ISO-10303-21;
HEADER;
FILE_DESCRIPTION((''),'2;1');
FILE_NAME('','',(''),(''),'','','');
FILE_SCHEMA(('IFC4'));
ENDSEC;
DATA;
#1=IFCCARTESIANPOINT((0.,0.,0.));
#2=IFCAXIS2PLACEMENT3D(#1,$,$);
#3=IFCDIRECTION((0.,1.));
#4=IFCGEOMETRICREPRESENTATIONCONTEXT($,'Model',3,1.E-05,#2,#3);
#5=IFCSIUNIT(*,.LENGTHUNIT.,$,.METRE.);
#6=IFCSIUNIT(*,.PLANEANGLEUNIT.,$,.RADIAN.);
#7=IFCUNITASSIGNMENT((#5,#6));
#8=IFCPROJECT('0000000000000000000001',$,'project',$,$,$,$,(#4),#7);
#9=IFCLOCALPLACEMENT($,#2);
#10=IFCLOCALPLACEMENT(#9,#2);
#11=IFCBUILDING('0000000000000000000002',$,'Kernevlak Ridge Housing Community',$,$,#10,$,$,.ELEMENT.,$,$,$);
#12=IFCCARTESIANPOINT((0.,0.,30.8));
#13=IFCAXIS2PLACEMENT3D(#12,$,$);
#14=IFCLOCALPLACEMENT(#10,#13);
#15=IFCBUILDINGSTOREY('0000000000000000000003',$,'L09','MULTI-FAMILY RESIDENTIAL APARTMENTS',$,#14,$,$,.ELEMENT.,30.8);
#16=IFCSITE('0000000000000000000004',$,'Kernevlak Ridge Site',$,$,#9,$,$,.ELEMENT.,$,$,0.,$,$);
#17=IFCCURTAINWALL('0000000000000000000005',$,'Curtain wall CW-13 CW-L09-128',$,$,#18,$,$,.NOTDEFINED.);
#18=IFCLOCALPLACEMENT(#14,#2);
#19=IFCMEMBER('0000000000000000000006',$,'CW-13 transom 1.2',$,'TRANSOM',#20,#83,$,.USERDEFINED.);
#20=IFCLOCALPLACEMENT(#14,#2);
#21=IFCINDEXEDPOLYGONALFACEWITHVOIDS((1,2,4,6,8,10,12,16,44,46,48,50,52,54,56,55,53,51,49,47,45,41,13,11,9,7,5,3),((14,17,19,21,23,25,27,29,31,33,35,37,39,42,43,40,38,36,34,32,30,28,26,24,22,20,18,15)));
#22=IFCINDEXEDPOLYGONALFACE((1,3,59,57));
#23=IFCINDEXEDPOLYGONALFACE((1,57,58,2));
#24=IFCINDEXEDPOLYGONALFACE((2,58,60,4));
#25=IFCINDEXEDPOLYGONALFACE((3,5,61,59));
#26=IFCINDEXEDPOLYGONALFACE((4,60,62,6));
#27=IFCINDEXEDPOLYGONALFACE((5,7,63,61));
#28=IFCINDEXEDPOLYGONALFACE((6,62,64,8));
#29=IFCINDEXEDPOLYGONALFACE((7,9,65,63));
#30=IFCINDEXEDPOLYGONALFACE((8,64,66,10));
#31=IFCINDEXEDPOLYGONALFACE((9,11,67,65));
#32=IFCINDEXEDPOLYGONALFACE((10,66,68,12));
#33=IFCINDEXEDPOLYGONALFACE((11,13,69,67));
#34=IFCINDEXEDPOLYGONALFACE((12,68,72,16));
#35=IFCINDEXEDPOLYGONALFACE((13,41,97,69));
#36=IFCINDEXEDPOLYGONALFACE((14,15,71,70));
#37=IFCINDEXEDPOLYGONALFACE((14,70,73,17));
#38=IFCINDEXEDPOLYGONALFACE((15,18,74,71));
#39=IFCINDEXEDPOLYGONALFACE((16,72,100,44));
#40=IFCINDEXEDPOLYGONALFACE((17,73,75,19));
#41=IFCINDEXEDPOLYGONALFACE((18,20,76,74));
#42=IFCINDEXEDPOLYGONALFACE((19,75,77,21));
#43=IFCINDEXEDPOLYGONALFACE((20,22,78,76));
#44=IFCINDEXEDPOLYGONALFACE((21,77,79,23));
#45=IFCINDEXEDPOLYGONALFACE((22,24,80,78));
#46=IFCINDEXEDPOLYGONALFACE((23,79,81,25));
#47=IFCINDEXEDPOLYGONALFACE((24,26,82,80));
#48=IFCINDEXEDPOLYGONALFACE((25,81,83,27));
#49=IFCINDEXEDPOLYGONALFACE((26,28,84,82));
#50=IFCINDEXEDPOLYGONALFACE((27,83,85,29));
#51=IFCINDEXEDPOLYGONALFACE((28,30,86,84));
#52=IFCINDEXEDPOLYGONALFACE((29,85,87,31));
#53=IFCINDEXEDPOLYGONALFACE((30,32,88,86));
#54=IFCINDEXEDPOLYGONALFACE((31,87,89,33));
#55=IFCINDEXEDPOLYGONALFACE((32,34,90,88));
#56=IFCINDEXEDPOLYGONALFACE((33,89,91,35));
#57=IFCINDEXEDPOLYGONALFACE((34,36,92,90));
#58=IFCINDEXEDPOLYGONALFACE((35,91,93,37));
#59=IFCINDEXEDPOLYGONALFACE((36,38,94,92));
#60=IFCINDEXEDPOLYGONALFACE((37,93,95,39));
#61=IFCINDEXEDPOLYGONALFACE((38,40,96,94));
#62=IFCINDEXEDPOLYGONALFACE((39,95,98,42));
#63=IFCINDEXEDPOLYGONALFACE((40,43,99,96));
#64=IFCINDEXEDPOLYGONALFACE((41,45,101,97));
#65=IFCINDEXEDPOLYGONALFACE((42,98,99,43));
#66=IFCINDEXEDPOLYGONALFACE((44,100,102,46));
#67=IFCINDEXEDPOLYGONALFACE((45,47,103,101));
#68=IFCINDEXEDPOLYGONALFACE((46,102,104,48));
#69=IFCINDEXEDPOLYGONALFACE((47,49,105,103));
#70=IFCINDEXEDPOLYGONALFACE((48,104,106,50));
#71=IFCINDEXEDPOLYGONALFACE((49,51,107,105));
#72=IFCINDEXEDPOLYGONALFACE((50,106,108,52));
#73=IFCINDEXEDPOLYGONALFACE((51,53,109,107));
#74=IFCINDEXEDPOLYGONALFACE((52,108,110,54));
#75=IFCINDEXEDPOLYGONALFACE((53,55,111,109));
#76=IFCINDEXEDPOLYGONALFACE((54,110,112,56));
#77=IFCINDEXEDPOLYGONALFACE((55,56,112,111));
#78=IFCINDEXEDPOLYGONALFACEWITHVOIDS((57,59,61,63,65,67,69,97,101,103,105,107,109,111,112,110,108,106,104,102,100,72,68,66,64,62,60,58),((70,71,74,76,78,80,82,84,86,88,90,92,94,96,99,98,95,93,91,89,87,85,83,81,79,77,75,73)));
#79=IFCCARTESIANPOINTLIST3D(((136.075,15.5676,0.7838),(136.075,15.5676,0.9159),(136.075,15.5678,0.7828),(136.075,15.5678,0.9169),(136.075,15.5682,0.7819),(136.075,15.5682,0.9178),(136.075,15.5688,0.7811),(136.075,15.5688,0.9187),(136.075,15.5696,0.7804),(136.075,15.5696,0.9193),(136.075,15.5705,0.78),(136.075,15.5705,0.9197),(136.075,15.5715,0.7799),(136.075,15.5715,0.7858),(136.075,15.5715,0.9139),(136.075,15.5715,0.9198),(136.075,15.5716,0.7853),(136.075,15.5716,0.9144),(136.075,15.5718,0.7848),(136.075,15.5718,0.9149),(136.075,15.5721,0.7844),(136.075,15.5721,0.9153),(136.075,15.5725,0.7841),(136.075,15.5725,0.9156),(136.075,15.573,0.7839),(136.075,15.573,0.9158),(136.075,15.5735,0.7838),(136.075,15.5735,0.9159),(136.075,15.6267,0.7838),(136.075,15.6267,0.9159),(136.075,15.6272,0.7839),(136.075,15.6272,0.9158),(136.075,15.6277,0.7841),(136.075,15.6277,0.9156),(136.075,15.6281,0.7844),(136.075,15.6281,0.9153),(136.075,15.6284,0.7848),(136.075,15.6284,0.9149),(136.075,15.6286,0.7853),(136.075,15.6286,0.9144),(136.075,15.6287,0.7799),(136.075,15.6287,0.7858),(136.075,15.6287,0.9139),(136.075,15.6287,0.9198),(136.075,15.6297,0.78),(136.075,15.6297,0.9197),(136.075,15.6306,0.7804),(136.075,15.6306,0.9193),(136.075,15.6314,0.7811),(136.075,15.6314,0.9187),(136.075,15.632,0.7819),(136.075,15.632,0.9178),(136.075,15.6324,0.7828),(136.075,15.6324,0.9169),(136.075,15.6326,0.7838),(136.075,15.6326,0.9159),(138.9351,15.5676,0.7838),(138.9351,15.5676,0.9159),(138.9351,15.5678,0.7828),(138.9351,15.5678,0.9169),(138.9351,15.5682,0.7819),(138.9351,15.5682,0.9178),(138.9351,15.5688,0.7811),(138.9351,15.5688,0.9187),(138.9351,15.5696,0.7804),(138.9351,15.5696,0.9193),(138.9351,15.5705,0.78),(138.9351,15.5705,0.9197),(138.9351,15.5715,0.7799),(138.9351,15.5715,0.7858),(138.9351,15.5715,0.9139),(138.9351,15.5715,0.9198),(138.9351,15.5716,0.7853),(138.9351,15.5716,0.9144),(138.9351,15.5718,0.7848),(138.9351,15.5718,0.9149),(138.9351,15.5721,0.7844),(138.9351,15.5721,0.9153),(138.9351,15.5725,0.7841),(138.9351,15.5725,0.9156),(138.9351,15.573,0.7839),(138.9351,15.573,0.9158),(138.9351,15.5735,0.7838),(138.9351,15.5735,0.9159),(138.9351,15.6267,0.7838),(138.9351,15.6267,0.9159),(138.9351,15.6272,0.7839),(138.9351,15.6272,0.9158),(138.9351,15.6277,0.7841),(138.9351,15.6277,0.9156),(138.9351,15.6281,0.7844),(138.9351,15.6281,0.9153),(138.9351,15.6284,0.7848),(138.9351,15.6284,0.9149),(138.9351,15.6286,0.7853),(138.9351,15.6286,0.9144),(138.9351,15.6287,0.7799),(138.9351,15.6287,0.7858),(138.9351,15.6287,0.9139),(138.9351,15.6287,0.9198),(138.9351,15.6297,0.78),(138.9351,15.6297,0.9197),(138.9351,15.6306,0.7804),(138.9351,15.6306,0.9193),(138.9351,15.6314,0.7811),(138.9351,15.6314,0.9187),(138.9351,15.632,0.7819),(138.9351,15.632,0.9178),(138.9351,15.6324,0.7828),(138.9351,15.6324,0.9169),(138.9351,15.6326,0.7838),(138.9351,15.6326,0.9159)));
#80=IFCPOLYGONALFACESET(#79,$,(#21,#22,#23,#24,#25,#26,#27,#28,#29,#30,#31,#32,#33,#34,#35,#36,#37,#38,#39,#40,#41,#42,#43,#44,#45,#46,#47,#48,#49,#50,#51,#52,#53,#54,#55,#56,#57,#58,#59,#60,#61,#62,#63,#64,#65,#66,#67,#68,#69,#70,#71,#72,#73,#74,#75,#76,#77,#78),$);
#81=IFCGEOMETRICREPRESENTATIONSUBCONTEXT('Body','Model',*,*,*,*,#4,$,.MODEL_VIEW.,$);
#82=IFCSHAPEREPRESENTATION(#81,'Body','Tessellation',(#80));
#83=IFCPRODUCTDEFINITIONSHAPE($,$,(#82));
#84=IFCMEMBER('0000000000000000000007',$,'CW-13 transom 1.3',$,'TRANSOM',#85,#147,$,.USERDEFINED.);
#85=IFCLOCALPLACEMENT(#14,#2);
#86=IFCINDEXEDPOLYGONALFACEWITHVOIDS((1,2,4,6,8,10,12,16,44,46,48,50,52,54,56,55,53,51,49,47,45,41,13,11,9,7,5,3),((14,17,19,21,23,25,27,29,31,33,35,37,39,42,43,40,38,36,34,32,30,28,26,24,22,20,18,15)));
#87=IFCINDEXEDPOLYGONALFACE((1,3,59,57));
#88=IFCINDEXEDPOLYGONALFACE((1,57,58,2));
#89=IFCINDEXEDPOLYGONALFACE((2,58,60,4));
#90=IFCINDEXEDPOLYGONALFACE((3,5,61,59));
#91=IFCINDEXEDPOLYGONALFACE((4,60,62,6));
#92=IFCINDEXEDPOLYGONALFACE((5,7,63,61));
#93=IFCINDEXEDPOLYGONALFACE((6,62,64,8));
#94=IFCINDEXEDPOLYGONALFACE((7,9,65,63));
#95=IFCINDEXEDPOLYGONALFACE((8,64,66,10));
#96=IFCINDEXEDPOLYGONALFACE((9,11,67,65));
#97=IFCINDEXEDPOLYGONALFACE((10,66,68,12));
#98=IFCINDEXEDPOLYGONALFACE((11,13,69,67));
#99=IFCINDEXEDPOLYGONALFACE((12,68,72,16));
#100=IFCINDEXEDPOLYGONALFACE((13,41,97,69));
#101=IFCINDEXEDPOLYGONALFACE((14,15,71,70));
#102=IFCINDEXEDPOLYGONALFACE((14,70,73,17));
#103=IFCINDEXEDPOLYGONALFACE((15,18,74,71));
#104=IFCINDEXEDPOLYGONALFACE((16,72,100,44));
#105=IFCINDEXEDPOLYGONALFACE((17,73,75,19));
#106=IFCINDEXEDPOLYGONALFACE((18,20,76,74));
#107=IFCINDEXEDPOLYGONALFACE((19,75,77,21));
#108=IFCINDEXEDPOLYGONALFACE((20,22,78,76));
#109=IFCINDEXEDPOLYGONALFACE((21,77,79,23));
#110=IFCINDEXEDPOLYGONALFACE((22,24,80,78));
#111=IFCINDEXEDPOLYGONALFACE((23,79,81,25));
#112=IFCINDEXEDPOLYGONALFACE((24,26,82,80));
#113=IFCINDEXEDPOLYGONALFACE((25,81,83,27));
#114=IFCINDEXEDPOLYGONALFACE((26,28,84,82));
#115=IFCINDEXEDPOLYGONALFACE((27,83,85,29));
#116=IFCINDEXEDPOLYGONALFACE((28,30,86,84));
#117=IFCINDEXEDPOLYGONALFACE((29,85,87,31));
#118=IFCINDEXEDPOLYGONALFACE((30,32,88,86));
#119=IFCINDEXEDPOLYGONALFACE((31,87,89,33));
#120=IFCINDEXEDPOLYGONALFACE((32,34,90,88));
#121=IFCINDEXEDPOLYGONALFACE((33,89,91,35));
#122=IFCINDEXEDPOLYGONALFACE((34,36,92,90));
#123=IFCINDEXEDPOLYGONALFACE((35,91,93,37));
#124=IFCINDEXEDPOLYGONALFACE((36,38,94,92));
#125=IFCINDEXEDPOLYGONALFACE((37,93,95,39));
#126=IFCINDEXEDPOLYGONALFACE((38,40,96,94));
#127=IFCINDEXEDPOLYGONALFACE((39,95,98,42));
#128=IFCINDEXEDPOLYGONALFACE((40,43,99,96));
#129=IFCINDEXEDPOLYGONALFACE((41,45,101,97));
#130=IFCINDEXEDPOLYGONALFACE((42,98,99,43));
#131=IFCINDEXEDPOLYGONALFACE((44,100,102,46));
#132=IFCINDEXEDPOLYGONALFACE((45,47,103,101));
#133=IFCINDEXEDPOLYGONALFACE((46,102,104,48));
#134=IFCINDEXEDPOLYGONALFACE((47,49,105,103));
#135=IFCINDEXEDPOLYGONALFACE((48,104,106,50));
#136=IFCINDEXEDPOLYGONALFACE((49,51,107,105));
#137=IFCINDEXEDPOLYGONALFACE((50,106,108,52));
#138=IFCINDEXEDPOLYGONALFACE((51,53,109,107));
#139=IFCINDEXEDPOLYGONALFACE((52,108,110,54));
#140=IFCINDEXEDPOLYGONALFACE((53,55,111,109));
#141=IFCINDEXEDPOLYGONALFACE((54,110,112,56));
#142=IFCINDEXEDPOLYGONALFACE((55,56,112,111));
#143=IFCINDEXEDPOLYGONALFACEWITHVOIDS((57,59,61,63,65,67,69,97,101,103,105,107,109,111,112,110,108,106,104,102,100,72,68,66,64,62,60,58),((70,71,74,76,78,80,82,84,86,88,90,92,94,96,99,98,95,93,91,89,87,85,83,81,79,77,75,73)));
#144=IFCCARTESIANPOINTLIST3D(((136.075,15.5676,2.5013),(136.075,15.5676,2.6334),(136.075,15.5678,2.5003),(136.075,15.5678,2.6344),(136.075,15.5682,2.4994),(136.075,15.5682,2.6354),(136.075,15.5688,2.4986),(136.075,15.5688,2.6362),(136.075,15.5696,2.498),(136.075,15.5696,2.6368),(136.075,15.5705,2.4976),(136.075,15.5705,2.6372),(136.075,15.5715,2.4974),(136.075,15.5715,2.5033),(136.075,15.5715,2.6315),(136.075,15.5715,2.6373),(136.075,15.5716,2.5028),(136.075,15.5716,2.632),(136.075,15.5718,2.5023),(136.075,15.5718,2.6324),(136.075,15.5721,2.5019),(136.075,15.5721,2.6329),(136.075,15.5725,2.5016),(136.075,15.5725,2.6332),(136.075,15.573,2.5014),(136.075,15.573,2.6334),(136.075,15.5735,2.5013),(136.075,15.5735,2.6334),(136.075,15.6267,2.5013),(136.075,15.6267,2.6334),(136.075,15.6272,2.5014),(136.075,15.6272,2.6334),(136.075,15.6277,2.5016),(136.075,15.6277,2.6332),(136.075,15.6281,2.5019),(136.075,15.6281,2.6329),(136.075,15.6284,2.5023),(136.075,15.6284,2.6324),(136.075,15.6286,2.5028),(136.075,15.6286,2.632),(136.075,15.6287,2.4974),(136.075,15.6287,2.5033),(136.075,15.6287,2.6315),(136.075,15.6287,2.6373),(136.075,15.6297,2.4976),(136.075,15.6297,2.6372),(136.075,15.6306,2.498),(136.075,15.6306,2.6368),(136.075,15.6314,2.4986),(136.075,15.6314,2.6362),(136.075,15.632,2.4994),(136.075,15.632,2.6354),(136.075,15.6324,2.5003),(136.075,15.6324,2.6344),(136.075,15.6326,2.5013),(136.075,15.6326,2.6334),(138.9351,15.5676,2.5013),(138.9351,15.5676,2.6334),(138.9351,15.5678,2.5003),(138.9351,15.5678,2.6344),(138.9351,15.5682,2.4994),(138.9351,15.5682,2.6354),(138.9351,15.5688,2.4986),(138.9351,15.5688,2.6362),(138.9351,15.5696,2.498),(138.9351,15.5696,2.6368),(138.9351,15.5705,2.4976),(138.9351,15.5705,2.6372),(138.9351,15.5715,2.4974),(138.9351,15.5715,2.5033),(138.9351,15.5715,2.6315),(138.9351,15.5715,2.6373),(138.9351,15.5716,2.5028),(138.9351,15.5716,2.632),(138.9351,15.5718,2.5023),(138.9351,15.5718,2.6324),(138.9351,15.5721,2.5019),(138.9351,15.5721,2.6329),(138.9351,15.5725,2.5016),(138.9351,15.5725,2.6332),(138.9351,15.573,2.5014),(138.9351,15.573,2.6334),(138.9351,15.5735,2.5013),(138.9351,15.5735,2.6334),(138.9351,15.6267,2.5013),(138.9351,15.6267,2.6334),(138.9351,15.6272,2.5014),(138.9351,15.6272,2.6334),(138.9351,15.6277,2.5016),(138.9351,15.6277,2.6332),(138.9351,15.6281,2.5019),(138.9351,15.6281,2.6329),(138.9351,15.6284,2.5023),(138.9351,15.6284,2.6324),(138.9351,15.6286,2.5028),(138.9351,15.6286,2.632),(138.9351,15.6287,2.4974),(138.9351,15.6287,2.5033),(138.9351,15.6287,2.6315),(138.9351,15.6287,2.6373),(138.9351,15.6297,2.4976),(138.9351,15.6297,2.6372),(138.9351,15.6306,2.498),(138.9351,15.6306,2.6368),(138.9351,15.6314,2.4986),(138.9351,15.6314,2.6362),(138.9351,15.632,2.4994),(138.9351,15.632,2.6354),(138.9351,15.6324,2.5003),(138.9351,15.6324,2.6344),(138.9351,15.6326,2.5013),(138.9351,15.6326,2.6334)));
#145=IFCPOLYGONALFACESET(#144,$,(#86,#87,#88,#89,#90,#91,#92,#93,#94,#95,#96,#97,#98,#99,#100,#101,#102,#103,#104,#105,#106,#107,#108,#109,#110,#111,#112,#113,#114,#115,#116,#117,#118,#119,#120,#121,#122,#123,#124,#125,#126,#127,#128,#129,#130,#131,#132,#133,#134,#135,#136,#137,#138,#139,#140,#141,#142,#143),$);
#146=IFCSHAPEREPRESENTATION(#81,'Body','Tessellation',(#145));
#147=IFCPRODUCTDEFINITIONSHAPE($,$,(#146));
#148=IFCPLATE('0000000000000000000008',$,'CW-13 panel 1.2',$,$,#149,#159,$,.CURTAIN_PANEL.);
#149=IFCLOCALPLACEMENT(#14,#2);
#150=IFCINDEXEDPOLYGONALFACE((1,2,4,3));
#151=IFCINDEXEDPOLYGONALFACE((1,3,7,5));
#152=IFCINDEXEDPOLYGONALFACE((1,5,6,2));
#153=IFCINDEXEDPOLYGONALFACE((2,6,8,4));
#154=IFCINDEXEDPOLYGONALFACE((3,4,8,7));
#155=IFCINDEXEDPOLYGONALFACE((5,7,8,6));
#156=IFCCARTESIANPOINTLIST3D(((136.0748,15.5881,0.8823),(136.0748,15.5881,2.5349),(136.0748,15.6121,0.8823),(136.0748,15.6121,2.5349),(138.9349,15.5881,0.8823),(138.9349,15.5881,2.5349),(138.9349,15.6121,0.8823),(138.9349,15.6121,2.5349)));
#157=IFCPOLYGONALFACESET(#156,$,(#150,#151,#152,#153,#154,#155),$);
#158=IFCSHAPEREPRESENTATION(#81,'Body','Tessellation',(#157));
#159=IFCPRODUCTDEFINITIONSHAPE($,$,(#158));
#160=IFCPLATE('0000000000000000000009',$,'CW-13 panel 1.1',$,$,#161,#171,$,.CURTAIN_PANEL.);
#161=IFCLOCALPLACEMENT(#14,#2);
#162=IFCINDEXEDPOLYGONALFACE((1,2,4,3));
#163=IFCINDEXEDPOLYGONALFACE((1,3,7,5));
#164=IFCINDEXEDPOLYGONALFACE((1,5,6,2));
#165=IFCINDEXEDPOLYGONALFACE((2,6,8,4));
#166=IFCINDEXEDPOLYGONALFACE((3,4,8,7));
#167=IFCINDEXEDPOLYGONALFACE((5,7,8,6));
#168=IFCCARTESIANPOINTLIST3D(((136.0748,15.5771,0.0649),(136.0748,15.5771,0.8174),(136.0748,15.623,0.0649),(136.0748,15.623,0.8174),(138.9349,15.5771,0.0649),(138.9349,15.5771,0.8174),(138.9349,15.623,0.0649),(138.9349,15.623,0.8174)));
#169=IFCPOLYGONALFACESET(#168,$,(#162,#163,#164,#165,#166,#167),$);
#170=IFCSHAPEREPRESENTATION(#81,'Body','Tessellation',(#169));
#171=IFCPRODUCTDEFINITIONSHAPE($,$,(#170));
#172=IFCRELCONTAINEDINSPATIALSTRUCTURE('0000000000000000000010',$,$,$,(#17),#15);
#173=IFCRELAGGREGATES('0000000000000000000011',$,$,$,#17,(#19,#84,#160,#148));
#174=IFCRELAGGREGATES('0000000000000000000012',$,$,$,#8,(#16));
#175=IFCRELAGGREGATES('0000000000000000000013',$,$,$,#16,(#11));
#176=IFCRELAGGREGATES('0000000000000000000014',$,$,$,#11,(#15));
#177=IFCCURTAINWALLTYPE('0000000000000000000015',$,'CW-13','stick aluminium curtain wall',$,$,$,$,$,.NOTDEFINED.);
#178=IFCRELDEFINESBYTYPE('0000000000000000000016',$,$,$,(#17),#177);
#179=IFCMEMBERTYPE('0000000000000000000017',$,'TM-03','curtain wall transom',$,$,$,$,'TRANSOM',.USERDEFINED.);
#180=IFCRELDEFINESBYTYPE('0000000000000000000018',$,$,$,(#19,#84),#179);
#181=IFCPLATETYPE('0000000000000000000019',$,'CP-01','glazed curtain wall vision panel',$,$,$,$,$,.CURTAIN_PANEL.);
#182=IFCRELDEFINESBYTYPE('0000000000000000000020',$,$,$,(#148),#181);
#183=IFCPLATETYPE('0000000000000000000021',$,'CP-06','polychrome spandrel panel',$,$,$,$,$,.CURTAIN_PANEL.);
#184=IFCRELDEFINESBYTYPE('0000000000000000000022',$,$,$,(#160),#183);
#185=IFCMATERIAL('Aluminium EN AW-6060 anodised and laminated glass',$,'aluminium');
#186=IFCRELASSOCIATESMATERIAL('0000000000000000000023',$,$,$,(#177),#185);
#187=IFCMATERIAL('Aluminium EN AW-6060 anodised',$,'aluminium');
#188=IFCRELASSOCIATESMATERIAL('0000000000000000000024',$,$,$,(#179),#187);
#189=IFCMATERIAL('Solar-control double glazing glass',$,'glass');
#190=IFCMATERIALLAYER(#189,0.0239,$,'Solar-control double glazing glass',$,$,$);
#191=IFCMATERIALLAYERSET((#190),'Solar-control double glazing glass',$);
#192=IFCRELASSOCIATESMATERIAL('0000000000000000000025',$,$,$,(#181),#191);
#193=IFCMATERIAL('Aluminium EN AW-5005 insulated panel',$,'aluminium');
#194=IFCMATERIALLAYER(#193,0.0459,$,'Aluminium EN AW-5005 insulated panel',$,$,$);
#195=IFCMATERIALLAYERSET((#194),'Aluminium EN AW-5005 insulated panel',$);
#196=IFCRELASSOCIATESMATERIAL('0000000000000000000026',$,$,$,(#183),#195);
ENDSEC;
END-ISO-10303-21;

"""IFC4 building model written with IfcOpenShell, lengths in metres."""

from ifc_helpers import new_model, si_unit, direction, frame, origin, origin_2d, place, context, subcontext, project, spatial, rectangle, hollow_rectangle, extrude, material, layer, layer_set, material_profile, profile_set, type_object, element, aggregate, save


model = new_model("IFC4")

# Units and contexts
model_context = context("Model", 3, precision=1e-05, world=origin(), true_north=direction((0.0, 1.0)))
body_context = subcontext(model_context, "Body", "Model", "MODEL_VIEW")
ifc_project = project(units=[si_unit("LENGTHUNIT", "METRE"), si_unit("PLANEANGLEUNIT", "RADIAN")], contexts=[model_context])

# Site, building, storey
site_placement = place(None, origin())
site = spatial("IfcSite", under=ifc_project, at=site_placement, Name="Kernevlak Ridge Site", CompositionType="ELEMENT", RefElevation=0.0)
building_placement = place(site_placement, origin())
building = spatial("IfcBuilding", under=site, at=building_placement, Name="Kernevlak Ridge Housing Community", CompositionType="ELEMENT")
storey_placement = place(building_placement, frame((0.0, 0.0, 30.8)))
storey = spatial("IfcBuildingStorey", under=building, at=storey_placement, Name="L09", Description="MULTI-FAMILY RESIDENTIAL APARTMENTS", CompositionType="ELEMENT", Elevation=30.8)

# Shared definitions
ifc_material_1 = material(Name="Aluminium EN AW-6060 anodised and laminated glass", Category="aluminium")
ifc_material_2 = material(Name="Aluminium EN AW-6060 anodised", Category="aluminium")

# Curtain wall, members, plates
curtain_wall_type_1 = type_object("IfcCurtainWallType", Name="CW-13", Description="stick aluminium curtain wall", PredefinedType="NOTDEFINED", material=ifc_material_1)
curtain_wall_1_placement = place(storey_placement, origin())
curtain_wall_1 = element("IfcCurtainWall", 1, at=curtain_wall_1_placement, inside=storey, type_object=curtain_wall_type_1, Name="Curtain wall CW-13 CW-L09-128", PredefinedType="NOTDEFINED")
ifc_material_profile_1 = material_profile(ifc_material_2, hollow_rectangle(XDim=0.0649, YDim=0.1399, WallThickness=0.0039, InnerFilletRadius=0.002, OuterFilletRadius=0.0039, at=origin_2d()), Name="ALU 65x140x4")
ifc_profile_set_1 = profile_set([ifc_material_profile_1], Name="Aluminium EN AW-6060 anodised")
member_type_1 = type_object("IfcMemberType", Name="TM-03", Description="curtain wall transom", ElementType="TRANSOM", PredefinedType="USERDEFINED", material=ifc_profile_set_1)
member_1_placement = place(storey_placement, frame((136.075, 15.6001, 0.8499), z_axis=(1.0, 0.0, 0.0), x_axis=(0.0, 1.0, 0.0)))
member_1 = element("IfcMember", 2, at=member_1_placement, type_object=member_type_1, Name="CW-13 transom 1.2", ObjectType="TRANSOM", PredefinedType="USERDEFINED", context=body_context, shape_type="SweptSolid", body=[
    extrude(hollow_rectangle(XDim=0.0649, YDim=0.1399, WallThickness=0.0039, InnerFilletRadius=0.002, OuterFilletRadius=0.0039, at=origin_2d()), origin(), (0.0, 0.0, 1.0), 2.8601),
])
member_2_placement = place(storey_placement, frame((136.075, 15.6001, 2.5674), z_axis=(1.0, 0.0, 0.0), x_axis=(0.0, 1.0, 0.0)))
member_2 = element("IfcMember", 3, at=member_2_placement, type_object=member_type_1, Name="CW-13 transom 1.3", ObjectType="TRANSOM", PredefinedType="USERDEFINED", context=body_context, shape_type="SweptSolid", body=[
    extrude(hollow_rectangle(XDim=0.0649, YDim=0.1399, WallThickness=0.0039, InnerFilletRadius=0.002, OuterFilletRadius=0.0039, at=origin_2d()), origin(), (0.0, 0.0, 1.0), 2.8601),
])
ifc_material_3 = material(Name="Solar-control double glazing glass", Category="glass")
ifc_layer_1 = layer(ifc_material_3, 0.0239, Name="Solar-control double glazing glass")
ifc_layer_set_1 = layer_set([ifc_layer_1], Name="Solar-control double glazing glass")
plate_type_1 = type_object("IfcPlateType", Name="CP-01", Description="glazed curtain wall vision panel", PredefinedType="CURTAIN_PANEL", material=ifc_layer_set_1)
plate_1_placement = place(storey_placement, frame((137.5049, 15.6001, 0.8823), z_axis=(0.0, 0.0, 1.0), x_axis=(1.0, 0.0, 0.0)))
plate_1 = element("IfcPlate", 4, at=plate_1_placement, type_object=plate_type_1, Name="CW-13 panel 1.2", PredefinedType="CURTAIN_PANEL", context=body_context, shape_type="SweptSolid", body=[
    extrude(rectangle(XDim=2.8601, YDim=0.0239, at=origin_2d()), origin(), (0.0, 0.0, 1.0), 1.6526),
])
ifc_material_4 = material(Name="Aluminium EN AW-5005 insulated panel", Category="aluminium")
ifc_layer_2 = layer(ifc_material_4, 0.0459, Name="Aluminium EN AW-5005 insulated panel")
ifc_layer_set_2 = layer_set([ifc_layer_2], Name="Aluminium EN AW-5005 insulated panel")
plate_type_2 = type_object("IfcPlateType", Name="CP-06", Description="polychrome spandrel panel", PredefinedType="CURTAIN_PANEL", material=ifc_layer_set_2)
plate_2_placement = place(storey_placement, frame((137.5049, 15.6001, 0.0649), z_axis=(0.0, 0.0, 1.0), x_axis=(1.0, 0.0, 0.0)))
plate_2 = element("IfcPlate", 5, at=plate_2_placement, type_object=plate_type_2, Name="CW-13 panel 1.1", PredefinedType="CURTAIN_PANEL", context=body_context, shape_type="SweptSolid", body=[
    extrude(rectangle(XDim=2.8601, YDim=0.0459, at=origin_2d()), origin(), (0.0, 0.0, 1.0), 0.7524),
])
aggregate(curtain_wall_1, [member_1, member_2, plate_2, plate_1])

save(model, "model.ifc")
